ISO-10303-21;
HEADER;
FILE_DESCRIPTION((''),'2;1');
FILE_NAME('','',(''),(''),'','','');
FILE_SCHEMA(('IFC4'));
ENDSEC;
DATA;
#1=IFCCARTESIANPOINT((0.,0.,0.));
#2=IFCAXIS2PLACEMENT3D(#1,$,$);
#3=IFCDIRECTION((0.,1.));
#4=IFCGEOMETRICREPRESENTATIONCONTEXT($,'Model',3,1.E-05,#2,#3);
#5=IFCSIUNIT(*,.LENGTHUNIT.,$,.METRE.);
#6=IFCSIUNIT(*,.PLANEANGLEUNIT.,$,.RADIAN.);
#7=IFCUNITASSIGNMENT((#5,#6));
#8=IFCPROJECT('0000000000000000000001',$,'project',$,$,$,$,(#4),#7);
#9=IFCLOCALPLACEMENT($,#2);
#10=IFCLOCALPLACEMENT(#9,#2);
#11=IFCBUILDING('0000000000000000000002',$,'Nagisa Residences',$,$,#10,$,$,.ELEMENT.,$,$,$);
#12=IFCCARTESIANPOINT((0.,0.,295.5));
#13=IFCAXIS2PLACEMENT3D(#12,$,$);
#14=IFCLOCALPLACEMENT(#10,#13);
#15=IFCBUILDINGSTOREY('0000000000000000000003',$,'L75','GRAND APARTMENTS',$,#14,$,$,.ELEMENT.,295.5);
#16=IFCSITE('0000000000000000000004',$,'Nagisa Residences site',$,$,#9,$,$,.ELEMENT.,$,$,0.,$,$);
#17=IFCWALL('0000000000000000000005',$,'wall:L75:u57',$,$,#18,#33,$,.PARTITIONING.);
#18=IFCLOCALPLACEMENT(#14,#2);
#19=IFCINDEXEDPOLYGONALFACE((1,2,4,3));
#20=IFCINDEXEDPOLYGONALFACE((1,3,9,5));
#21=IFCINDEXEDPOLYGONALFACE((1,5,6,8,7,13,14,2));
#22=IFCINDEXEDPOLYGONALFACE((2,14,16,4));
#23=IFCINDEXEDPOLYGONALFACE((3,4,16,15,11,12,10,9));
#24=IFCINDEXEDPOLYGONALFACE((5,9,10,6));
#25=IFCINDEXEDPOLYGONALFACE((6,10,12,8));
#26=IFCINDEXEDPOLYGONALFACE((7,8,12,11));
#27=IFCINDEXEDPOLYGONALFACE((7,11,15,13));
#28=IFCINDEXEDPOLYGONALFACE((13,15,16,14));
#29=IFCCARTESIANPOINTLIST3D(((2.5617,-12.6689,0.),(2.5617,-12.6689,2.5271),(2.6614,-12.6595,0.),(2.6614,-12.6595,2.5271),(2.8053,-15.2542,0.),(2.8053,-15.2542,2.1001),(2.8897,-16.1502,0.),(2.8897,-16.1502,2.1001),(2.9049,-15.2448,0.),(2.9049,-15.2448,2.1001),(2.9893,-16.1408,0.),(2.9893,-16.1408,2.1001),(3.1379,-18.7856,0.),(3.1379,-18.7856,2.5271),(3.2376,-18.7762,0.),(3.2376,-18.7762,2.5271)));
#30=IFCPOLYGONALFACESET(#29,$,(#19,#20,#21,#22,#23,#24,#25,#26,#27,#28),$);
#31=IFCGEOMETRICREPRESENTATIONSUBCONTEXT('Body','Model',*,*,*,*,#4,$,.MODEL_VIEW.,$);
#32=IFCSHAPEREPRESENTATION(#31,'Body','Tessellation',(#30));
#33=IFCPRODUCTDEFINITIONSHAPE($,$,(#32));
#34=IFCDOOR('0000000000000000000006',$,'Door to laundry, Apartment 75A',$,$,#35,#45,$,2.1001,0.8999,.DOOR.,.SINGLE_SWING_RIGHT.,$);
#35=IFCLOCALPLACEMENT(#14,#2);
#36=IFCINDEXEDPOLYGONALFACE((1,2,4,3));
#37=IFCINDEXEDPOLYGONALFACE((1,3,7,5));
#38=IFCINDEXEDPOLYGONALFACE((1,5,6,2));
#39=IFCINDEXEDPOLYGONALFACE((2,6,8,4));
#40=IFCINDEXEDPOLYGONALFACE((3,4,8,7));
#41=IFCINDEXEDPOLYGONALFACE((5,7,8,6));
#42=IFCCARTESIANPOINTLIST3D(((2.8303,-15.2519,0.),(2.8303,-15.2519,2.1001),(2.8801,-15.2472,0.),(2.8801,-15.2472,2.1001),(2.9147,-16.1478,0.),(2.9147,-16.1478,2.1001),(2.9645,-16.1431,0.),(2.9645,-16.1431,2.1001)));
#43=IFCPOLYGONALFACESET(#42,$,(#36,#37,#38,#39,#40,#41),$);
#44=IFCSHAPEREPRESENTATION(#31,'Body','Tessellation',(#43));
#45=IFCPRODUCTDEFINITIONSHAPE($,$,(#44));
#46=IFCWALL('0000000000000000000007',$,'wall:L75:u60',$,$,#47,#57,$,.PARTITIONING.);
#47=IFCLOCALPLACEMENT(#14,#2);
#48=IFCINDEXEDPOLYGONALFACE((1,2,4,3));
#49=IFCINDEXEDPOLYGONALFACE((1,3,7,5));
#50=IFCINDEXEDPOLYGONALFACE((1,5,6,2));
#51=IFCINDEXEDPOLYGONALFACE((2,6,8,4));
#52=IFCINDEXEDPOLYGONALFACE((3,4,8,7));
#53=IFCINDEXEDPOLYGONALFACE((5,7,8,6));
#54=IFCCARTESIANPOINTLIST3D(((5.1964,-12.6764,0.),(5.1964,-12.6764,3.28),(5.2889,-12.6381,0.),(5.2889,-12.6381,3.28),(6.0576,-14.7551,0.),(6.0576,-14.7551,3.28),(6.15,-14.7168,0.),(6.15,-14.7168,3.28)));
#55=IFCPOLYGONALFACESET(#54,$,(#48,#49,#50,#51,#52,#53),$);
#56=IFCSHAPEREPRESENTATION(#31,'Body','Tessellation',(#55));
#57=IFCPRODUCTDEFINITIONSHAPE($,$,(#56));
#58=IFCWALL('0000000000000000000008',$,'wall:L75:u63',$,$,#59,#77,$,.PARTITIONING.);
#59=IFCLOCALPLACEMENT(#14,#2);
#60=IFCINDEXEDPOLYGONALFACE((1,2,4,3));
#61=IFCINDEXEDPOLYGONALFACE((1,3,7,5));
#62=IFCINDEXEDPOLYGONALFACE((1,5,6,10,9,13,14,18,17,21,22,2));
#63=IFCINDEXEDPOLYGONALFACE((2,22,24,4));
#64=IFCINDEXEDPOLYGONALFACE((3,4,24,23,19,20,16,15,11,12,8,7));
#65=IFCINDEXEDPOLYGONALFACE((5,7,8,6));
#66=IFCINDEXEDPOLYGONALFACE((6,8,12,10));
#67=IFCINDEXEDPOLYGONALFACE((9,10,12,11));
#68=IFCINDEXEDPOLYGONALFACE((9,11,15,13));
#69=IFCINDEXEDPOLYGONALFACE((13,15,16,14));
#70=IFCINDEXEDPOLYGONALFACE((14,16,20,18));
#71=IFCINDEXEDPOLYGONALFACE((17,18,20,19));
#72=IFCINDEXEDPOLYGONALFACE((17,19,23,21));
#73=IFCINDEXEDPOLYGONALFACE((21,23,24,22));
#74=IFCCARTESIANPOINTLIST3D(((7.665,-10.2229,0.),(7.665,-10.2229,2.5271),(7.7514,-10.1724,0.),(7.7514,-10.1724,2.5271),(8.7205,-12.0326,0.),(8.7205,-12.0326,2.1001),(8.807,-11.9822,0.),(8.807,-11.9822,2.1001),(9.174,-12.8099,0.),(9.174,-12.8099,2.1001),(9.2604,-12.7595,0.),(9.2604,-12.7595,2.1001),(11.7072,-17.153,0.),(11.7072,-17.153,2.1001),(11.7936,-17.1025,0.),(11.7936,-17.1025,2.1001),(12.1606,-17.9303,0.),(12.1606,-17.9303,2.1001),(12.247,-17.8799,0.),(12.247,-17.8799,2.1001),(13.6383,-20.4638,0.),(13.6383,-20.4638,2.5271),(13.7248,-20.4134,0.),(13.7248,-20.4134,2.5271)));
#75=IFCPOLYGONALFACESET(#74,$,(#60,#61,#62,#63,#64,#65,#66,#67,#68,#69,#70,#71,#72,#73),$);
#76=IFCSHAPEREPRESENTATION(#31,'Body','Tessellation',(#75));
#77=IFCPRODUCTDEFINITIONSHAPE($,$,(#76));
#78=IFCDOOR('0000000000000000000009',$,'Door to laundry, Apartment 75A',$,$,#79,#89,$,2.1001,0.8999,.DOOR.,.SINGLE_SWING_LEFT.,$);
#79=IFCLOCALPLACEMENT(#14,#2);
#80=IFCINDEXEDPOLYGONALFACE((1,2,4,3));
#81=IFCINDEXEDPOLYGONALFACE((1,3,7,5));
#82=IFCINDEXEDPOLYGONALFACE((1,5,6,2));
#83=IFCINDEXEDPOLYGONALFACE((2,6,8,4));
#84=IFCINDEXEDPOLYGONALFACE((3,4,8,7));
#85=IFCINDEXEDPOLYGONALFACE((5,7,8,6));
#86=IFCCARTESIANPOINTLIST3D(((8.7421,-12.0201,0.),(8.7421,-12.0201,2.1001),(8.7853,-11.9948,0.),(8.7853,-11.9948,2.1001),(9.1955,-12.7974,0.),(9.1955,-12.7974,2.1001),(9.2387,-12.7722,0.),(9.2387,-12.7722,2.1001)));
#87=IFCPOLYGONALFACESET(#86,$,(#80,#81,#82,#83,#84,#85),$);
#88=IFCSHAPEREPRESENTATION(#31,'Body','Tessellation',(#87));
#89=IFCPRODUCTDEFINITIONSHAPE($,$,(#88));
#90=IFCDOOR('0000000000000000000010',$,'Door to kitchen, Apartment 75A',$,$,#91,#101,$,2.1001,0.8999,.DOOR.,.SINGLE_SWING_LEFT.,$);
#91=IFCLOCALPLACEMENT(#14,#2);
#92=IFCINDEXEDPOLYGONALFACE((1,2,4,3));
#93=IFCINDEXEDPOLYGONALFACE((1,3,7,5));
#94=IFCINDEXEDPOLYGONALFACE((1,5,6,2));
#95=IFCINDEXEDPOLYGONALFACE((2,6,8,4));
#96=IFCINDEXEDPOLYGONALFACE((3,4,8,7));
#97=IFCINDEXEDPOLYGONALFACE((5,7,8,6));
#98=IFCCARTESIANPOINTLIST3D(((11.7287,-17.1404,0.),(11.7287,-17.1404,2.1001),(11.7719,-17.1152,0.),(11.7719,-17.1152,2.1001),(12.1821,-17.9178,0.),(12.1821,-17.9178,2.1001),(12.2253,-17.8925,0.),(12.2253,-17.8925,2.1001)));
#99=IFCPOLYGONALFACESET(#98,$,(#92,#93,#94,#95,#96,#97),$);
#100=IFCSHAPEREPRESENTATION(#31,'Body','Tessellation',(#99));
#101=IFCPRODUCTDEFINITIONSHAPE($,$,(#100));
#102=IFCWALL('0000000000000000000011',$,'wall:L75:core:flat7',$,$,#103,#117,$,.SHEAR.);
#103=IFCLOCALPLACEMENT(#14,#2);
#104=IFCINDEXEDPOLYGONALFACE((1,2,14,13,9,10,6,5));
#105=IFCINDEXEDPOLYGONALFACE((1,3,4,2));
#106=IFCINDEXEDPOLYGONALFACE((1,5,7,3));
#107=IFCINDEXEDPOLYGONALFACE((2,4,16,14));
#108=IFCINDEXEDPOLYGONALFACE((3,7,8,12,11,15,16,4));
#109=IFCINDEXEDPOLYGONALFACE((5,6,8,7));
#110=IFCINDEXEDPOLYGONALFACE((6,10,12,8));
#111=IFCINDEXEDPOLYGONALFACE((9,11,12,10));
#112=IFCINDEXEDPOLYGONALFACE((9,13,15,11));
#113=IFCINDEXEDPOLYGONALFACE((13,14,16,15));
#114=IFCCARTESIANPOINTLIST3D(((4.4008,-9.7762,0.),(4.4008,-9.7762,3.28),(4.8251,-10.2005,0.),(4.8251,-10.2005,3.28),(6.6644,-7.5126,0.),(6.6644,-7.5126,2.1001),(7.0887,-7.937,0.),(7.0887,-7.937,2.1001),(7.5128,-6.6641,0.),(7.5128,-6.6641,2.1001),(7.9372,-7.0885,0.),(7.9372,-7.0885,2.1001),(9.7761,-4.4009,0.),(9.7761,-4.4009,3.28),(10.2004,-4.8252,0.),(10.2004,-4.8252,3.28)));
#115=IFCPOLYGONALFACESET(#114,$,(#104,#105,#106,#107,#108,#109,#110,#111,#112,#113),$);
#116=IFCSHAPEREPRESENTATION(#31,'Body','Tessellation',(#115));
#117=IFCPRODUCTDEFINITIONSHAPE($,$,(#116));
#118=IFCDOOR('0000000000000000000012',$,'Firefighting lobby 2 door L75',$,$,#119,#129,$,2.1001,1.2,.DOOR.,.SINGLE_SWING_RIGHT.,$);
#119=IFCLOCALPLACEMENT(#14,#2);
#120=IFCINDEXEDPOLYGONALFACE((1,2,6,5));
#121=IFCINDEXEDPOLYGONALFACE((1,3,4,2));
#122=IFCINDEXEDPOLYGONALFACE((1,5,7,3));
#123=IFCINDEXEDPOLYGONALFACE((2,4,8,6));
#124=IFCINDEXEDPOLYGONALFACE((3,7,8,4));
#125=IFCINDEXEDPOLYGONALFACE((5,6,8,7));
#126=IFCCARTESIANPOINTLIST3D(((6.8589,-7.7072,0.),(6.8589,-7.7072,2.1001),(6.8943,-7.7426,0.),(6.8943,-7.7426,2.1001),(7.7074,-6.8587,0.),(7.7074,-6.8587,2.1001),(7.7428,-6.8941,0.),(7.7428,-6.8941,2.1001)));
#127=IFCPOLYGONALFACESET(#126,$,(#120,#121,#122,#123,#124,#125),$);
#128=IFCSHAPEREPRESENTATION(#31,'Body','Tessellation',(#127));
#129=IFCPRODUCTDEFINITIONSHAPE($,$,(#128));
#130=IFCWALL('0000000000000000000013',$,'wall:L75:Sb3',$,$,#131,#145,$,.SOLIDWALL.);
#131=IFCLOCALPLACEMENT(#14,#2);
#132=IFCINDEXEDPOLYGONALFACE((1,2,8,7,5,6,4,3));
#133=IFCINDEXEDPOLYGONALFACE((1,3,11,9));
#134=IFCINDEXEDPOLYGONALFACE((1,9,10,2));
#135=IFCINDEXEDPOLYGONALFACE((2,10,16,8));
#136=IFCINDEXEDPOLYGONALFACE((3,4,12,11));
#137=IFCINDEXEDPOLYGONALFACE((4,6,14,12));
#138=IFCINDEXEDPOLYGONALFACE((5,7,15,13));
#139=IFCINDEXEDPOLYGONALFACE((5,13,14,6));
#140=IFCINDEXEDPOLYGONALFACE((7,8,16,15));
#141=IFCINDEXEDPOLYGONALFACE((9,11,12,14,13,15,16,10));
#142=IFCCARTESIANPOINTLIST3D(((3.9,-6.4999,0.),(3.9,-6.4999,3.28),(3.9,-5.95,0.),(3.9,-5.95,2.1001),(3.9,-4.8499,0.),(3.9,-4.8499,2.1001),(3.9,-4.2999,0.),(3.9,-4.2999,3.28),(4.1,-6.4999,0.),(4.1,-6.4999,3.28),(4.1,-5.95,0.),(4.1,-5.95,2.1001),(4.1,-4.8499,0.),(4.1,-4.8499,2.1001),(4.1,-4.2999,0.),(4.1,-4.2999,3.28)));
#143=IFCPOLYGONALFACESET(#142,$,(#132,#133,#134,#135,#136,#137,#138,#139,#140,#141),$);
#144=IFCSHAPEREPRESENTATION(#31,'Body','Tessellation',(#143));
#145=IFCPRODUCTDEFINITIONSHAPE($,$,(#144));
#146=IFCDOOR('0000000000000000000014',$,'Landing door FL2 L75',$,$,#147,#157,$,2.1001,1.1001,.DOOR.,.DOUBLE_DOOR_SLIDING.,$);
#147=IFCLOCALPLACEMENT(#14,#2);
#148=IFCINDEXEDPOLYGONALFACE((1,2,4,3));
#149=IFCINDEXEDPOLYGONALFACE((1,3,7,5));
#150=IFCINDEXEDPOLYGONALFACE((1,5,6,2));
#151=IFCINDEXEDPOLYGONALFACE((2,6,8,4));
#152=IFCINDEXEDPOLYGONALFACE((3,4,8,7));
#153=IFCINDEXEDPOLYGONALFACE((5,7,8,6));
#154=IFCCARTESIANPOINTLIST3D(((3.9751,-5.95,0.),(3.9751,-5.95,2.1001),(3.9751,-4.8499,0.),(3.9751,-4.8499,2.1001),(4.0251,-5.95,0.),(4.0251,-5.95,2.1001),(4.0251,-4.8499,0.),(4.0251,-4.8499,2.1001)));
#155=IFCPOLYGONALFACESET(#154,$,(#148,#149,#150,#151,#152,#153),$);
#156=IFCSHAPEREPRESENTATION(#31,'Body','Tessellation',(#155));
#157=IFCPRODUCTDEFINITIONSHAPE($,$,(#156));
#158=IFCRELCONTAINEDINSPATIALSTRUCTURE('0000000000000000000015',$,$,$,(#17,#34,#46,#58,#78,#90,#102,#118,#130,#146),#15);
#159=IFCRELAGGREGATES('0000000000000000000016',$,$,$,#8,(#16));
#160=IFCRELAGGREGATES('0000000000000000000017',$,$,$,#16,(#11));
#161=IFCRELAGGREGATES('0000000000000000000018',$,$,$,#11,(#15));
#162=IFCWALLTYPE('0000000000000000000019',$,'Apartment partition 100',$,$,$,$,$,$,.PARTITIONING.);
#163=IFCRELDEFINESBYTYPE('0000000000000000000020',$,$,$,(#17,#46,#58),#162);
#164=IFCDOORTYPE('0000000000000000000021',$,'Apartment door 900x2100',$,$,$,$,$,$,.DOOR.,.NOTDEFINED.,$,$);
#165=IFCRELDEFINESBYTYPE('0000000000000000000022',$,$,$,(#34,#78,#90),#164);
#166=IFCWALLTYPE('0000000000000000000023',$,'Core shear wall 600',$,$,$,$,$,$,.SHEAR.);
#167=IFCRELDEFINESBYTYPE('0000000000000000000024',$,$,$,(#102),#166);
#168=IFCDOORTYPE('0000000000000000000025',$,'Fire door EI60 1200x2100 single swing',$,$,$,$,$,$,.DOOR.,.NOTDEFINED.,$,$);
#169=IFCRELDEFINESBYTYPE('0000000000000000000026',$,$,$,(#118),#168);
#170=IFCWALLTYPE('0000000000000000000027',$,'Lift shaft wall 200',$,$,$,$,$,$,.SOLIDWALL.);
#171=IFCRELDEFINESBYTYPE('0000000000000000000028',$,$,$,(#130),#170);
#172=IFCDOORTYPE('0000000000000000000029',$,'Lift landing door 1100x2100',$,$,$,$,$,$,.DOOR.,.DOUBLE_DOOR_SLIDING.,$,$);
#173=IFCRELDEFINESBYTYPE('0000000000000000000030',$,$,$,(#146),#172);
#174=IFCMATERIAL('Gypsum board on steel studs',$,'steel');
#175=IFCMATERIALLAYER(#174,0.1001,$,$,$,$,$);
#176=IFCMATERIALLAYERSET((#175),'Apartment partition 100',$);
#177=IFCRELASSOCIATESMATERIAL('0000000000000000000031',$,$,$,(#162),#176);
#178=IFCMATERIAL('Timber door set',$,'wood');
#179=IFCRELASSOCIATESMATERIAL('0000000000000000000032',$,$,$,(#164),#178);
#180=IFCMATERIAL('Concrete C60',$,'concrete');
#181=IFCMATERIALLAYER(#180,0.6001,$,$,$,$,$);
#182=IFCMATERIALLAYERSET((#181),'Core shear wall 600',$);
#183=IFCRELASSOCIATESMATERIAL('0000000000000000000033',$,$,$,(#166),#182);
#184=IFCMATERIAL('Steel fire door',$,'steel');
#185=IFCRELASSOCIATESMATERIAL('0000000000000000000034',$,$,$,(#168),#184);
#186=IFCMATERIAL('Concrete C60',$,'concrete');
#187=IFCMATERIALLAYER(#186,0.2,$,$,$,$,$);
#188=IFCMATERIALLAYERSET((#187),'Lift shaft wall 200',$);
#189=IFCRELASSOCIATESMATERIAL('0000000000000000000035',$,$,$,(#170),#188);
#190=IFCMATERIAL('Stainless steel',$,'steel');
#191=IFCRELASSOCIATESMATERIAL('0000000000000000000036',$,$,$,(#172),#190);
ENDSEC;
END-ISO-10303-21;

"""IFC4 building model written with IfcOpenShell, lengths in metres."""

from ifc_helpers import new_model, si_unit, direction, frame, frame_2d, origin, place, context, subcontext, project, spatial, rectangle, extrude, material, layer, layer_set, type_object, element, fill, save


model = new_model("IFC4")

# Units and contexts
model_context = context("Model", 3, precision=1e-05, world=origin(), true_north=direction((0.0, 1.0)))
body_context = subcontext(model_context, "Body", "Model", "MODEL_VIEW")
ifc_project = project(units=[si_unit("LENGTHUNIT", "METRE"), si_unit("PLANEANGLEUNIT", "RADIAN")], contexts=[model_context])

# Site, building, storey
site_placement = place(None, origin())
site = spatial("IfcSite", under=ifc_project, at=site_placement, Name="Nagisa Residences site", CompositionType="ELEMENT", RefElevation=0.0)
building_placement = place(site_placement, origin())
building = spatial("IfcBuilding", under=site, at=building_placement, Name="Nagisa Residences", CompositionType="ELEMENT")
storey_placement = place(building_placement, frame((0.0, 0.0, 295.5)))
storey = spatial("IfcBuildingStorey", under=building, at=storey_placement, Name="L75", Description="GRAND APARTMENTS", CompositionType="ELEMENT", Elevation=295.5)

# Wall, opening, door
ifc_material_1 = material(Name="Gypsum board on steel studs", Category="steel")
ifc_layer_1 = layer(ifc_material_1, 0.1001)
ifc_layer_set_1 = layer_set([ifc_layer_1], Name="Apartment partition 100")
wall_type_1 = type_object("IfcWallType", Name="Apartment partition 100", PredefinedType="PARTITIONING", material=ifc_layer_set_1)
wall_1_placement = place(storey_placement, frame((2.6116, -12.6643, 0.0), z_axis=(0.0, 0.0, 1.0), x_axis=(0.093781, -0.995593, 0.0)))
wall_1 = element("IfcWall", 1, at=wall_1_placement, inside=storey, type_object=wall_type_1, Name="wall:L75:u57", PredefinedType="PARTITIONING", context=body_context, shape_type="SweptSolid", body=[
    extrude(rectangle(XDim=6.1438, YDim=0.1001, at=frame_2d((3.0718, 0.0))), origin(), (0.0, 0.0, 1.0), 2.5271),
])
opening_1_placement = place(wall_1_placement, frame((2.5967, 0.0, 0.0)))
opening_1 = element("IfcOpeningElement", 2, at=opening_1_placement, cuts=wall_1, PredefinedType="OPENING", context=body_context, shape_type="SweptSolid", body=[
    extrude(rectangle(XDim=0.8999, YDim=2.1001, at=frame_2d((0.45, 1.05))), frame((0.0, 0.0601, 0.0), z_axis=(0.0, -1.0, 0.0), x_axis=(1.0, 0.0, 0.0)), (0.0, 0.0, 1.0), 0.1201),
])
ifc_material_2 = material(Name="Timber door set", Category="wood")
door_type_1 = type_object("IfcDoorType", Name="Apartment door 900x2100", OperationType="NOTDEFINED", PredefinedType="DOOR", material=ifc_material_2)
door_1_placement = place(opening_1_placement, frame((0.8999, 0.0, 0.0), x_axis=(-1.0, 0.0, 0.0)))
door_1 = element("IfcDoor", 3, at=door_1_placement, inside=storey, type_object=door_type_1, Name="Door to laundry, Apartment 75A", OperationType="SINGLE_SWING_RIGHT", OverallHeight=2.1001, OverallWidth=0.8999, PredefinedType="DOOR", context=body_context, shape_type="SweptSolid", body=[
    extrude(rectangle(XDim=0.8999, YDim=2.1001, at=frame_2d((0.45, 1.05))), frame((0.0, 0.0249, 0.0), z_axis=(0.0, -1.0, 0.0), x_axis=(1.0, 0.0, 0.0)), (0.0, 0.0, 1.0), 0.05),
])
fill(opening_1, door_1)

# Wall
wall_2_placement = place(storey_placement, frame((5.2427, -12.6572, 0.0), z_axis=(0.0, 0.0, 1.0), x_axis=(0.382719, -0.923865, 0.0)))
element("IfcWall", 4, at=wall_2_placement, inside=storey, type_object=wall_type_1, Name="wall:L75:u60", PredefinedType="PARTITIONING", context=body_context, shape_type="SweptSolid", body=[
    extrude(rectangle(XDim=2.25, YDim=0.1001, at=frame_2d((1.125, 0.0))), origin(), (0.0, 0.0, 1.0), 3.28),
])

# Wall, openings, doors
wall_3_placement = place(storey_placement, frame((7.7083, -10.1978, 0.0), z_axis=(0.0, 0.0, 1.0), x_axis=(0.503839, -0.863798, 0.0)))
wall_3 = element("IfcWall", 5, at=wall_3_placement, inside=storey, type_object=wall_type_1, Name="wall:L75:u63", PredefinedType="PARTITIONING", context=body_context, shape_type="SweptSolid", body=[
    extrude(rectangle(XDim=11.8557, YDim=0.1001, at=frame_2d((5.9277, 0.0))), origin(), (0.0, 0.0, 1.0), 2.5271),
])
opening_2_placement = place(wall_3_placement, frame((2.095, 0.0, 0.0)))
opening_2 = element("IfcOpeningElement", 6, at=opening_2_placement, cuts=wall_3, PredefinedType="OPENING", context=body_context, shape_type="SweptSolid", body=[
    extrude(rectangle(XDim=0.8999, YDim=2.1001, at=frame_2d((0.45, 1.05))), frame((0.0, 0.0601, 0.0), z_axis=(0.0, -1.0, 0.0), x_axis=(1.0, 0.0, 0.0)), (0.0, 0.0, 1.0), 0.1201),
])
opening_3_placement = place(wall_3_placement, frame((8.0227, 0.0, 0.0)))
opening_3 = element("IfcOpeningElement", 7, at=opening_3_placement, cuts=wall_3, PredefinedType="OPENING", context=body_context, shape_type="SweptSolid", body=[
    extrude(rectangle(XDim=0.8999, YDim=2.1001, at=frame_2d((0.45, 1.05))), frame((0.0, 0.0601, 0.0), z_axis=(0.0, -1.0, 0.0), x_axis=(1.0, 0.0, 0.0)), (0.0, 0.0, 1.0), 0.1201),
])
door_2_placement = place(opening_2_placement, origin())
door_2 = element("IfcDoor", 8, at=door_2_placement, inside=storey, type_object=door_type_1, Name="Door to laundry, Apartment 75A", OperationType="SINGLE_SWING_LEFT", OverallHeight=2.1001, OverallWidth=0.8999, PredefinedType="DOOR", context=body_context, shape_type="SweptSolid", body=[
    extrude(rectangle(XDim=0.8999, YDim=2.1001, at=frame_2d((0.45, 1.05))), frame((0.0, 0.0249, 0.0), z_axis=(0.0, -1.0, 0.0), x_axis=(1.0, 0.0, 0.0)), (0.0, 0.0, 1.0), 0.05),
])
fill(opening_2, door_2)
door_3_placement = place(opening_3_placement, origin())
door_3 = element("IfcDoor", 9, at=door_3_placement, inside=storey, type_object=door_type_1, Name="Door to kitchen, Apartment 75A", OperationType="SINGLE_SWING_LEFT", OverallHeight=2.1001, OverallWidth=0.8999, PredefinedType="DOOR", context=body_context, shape_type="SweptSolid", body=[
    extrude(rectangle(XDim=0.8999, YDim=2.1001, at=frame_2d((0.45, 1.05))), frame((0.0, 0.0249, 0.0), z_axis=(0.0, -1.0, 0.0), x_axis=(1.0, 0.0, 0.0)), (0.0, 0.0, 1.0), 0.05),
])
fill(opening_3, door_3)

# Walls, openings, doors
ifc_material_3 = material(Name="Concrete C60", Category="concrete")
ifc_layer_2 = layer(ifc_material_3, 0.6001)
ifc_layer_set_2 = layer_set([ifc_layer_2], Name="Core shear wall 600")
wall_type_2 = type_object("IfcWallType", Name="Core shear wall 600", PredefinedType="SHEAR", material=ifc_layer_set_2)
wall_4_placement = place(storey_placement, frame((4.613, -9.9883, 0.0), z_axis=(0.0, 0.0, 1.0), x_axis=(0.707107, 0.707107, 0.0)))
wall_4 = element("IfcWall", 10, at=wall_4_placement, inside=storey, type_object=wall_type_2, Name="wall:L75:core:flat7", PredefinedType="SHEAR", context=body_context, shape_type="SweptSolid", body=[
    extrude(rectangle(XDim=7.6018, YDim=0.6001, at=frame_2d((3.8008, 0.0))), origin(), (0.0, 0.0, 1.0), 3.28),
])
opening_4_placement = place(wall_4_placement, frame((3.2009, 0.0, 0.0)))
opening_4 = element("IfcOpeningElement", 11, at=opening_4_placement, cuts=wall_4, PredefinedType="OPENING", context=body_context, shape_type="SweptSolid", body=[
    extrude(rectangle(XDim=1.2, YDim=2.1001, at=frame_2d((0.6001, 1.05))), frame((0.0, 0.3101, 0.0), z_axis=(0.0, -1.0, 0.0), x_axis=(1.0, 0.0, 0.0)), (0.0, 0.0, 1.0), 0.6201),
])
ifc_material_4 = material(Name="Steel fire door", Category="steel")
door_type_2 = type_object("IfcDoorType", Name="Fire door EI60 1200x2100 single swing", OperationType="NOTDEFINED", PredefinedType="DOOR", material=ifc_material_4)
door_4_placement = place(opening_4_placement, origin())
door_4 = element("IfcDoor", 12, at=door_4_placement, inside=storey, type_object=door_type_2, Name="Firefighting lobby 2 door L75", OperationType="SINGLE_SWING_RIGHT", OverallHeight=2.1001, OverallWidth=1.2, PredefinedType="DOOR", context=body_context, shape_type="SweptSolid", body=[
    extrude(rectangle(XDim=1.2, YDim=2.1001, at=frame_2d((0.6001, 1.05))), frame((0.0, 0.0249, 0.0), z_axis=(0.0, -1.0, 0.0), x_axis=(1.0, 0.0, 0.0)), (0.0, 0.0, 1.0), 0.05),
])
fill(opening_4, door_4)
ifc_material_5 = material(Name="Concrete C60", Category="concrete")
ifc_layer_3 = layer(ifc_material_5, 0.2)
ifc_layer_set_3 = layer_set([ifc_layer_3], Name="Lift shaft wall 200")
wall_type_3 = type_object("IfcWallType", Name="Lift shaft wall 200", PredefinedType="SOLIDWALL", material=ifc_layer_set_3)
wall_5_placement = place(storey_placement, frame((4.0, -6.5, 0.0), z_axis=(0.0, 0.0, 1.0), x_axis=(0.0, 1.0, 0.0)))
wall_5 = element("IfcWall", 13, at=wall_5_placement, inside=storey, type_object=wall_type_3, Name="wall:L75:Sb3", PredefinedType="SOLIDWALL", context=body_context, shape_type="SweptSolid", body=[
    extrude(rectangle(XDim=2.2, YDim=0.2, at=frame_2d((1.1001, 0.0))), origin(), (0.0, 0.0, 1.0), 3.28),
])
opening_5_placement = place(wall_5_placement, frame((0.55, 0.0, 0.0)))
opening_5 = element("IfcOpeningElement", 14, at=opening_5_placement, cuts=wall_5, PredefinedType="OPENING", context=body_context, shape_type="SweptSolid", body=[
    extrude(rectangle(XDim=1.1001, YDim=2.1001, at=frame_2d((0.55, 1.05))), frame((0.0, 0.1099, 0.0), z_axis=(0.0, -1.0, 0.0), x_axis=(1.0, 0.0, 0.0)), (0.0, 0.0, 1.0), 0.22),
])
ifc_material_6 = material(Name="Stainless steel", Category="steel")
door_type_3 = type_object("IfcDoorType", Name="Lift landing door 1100x2100", OperationType="DOUBLE_DOOR_SLIDING", PredefinedType="DOOR", material=ifc_material_6)
door_5_placement = place(opening_5_placement, origin())
door_5 = element("IfcDoor", 15, at=door_5_placement, inside=storey, type_object=door_type_3, Name="Landing door FL2 L75", OperationType="DOUBLE_DOOR_SLIDING", OverallHeight=2.1001, OverallWidth=1.1001, PredefinedType="DOOR", context=body_context, shape_type="SweptSolid", body=[
    extrude(rectangle(XDim=1.1001, YDim=2.1001, at=frame_2d((0.55, 1.05))), frame((0.0, 0.0249, 0.0), z_axis=(0.0, -1.0, 0.0), x_axis=(1.0, 0.0, 0.0)), (0.0, 0.0, 1.0), 0.05),
])
fill(opening_5, door_5)

save(model, "model.ifc")
